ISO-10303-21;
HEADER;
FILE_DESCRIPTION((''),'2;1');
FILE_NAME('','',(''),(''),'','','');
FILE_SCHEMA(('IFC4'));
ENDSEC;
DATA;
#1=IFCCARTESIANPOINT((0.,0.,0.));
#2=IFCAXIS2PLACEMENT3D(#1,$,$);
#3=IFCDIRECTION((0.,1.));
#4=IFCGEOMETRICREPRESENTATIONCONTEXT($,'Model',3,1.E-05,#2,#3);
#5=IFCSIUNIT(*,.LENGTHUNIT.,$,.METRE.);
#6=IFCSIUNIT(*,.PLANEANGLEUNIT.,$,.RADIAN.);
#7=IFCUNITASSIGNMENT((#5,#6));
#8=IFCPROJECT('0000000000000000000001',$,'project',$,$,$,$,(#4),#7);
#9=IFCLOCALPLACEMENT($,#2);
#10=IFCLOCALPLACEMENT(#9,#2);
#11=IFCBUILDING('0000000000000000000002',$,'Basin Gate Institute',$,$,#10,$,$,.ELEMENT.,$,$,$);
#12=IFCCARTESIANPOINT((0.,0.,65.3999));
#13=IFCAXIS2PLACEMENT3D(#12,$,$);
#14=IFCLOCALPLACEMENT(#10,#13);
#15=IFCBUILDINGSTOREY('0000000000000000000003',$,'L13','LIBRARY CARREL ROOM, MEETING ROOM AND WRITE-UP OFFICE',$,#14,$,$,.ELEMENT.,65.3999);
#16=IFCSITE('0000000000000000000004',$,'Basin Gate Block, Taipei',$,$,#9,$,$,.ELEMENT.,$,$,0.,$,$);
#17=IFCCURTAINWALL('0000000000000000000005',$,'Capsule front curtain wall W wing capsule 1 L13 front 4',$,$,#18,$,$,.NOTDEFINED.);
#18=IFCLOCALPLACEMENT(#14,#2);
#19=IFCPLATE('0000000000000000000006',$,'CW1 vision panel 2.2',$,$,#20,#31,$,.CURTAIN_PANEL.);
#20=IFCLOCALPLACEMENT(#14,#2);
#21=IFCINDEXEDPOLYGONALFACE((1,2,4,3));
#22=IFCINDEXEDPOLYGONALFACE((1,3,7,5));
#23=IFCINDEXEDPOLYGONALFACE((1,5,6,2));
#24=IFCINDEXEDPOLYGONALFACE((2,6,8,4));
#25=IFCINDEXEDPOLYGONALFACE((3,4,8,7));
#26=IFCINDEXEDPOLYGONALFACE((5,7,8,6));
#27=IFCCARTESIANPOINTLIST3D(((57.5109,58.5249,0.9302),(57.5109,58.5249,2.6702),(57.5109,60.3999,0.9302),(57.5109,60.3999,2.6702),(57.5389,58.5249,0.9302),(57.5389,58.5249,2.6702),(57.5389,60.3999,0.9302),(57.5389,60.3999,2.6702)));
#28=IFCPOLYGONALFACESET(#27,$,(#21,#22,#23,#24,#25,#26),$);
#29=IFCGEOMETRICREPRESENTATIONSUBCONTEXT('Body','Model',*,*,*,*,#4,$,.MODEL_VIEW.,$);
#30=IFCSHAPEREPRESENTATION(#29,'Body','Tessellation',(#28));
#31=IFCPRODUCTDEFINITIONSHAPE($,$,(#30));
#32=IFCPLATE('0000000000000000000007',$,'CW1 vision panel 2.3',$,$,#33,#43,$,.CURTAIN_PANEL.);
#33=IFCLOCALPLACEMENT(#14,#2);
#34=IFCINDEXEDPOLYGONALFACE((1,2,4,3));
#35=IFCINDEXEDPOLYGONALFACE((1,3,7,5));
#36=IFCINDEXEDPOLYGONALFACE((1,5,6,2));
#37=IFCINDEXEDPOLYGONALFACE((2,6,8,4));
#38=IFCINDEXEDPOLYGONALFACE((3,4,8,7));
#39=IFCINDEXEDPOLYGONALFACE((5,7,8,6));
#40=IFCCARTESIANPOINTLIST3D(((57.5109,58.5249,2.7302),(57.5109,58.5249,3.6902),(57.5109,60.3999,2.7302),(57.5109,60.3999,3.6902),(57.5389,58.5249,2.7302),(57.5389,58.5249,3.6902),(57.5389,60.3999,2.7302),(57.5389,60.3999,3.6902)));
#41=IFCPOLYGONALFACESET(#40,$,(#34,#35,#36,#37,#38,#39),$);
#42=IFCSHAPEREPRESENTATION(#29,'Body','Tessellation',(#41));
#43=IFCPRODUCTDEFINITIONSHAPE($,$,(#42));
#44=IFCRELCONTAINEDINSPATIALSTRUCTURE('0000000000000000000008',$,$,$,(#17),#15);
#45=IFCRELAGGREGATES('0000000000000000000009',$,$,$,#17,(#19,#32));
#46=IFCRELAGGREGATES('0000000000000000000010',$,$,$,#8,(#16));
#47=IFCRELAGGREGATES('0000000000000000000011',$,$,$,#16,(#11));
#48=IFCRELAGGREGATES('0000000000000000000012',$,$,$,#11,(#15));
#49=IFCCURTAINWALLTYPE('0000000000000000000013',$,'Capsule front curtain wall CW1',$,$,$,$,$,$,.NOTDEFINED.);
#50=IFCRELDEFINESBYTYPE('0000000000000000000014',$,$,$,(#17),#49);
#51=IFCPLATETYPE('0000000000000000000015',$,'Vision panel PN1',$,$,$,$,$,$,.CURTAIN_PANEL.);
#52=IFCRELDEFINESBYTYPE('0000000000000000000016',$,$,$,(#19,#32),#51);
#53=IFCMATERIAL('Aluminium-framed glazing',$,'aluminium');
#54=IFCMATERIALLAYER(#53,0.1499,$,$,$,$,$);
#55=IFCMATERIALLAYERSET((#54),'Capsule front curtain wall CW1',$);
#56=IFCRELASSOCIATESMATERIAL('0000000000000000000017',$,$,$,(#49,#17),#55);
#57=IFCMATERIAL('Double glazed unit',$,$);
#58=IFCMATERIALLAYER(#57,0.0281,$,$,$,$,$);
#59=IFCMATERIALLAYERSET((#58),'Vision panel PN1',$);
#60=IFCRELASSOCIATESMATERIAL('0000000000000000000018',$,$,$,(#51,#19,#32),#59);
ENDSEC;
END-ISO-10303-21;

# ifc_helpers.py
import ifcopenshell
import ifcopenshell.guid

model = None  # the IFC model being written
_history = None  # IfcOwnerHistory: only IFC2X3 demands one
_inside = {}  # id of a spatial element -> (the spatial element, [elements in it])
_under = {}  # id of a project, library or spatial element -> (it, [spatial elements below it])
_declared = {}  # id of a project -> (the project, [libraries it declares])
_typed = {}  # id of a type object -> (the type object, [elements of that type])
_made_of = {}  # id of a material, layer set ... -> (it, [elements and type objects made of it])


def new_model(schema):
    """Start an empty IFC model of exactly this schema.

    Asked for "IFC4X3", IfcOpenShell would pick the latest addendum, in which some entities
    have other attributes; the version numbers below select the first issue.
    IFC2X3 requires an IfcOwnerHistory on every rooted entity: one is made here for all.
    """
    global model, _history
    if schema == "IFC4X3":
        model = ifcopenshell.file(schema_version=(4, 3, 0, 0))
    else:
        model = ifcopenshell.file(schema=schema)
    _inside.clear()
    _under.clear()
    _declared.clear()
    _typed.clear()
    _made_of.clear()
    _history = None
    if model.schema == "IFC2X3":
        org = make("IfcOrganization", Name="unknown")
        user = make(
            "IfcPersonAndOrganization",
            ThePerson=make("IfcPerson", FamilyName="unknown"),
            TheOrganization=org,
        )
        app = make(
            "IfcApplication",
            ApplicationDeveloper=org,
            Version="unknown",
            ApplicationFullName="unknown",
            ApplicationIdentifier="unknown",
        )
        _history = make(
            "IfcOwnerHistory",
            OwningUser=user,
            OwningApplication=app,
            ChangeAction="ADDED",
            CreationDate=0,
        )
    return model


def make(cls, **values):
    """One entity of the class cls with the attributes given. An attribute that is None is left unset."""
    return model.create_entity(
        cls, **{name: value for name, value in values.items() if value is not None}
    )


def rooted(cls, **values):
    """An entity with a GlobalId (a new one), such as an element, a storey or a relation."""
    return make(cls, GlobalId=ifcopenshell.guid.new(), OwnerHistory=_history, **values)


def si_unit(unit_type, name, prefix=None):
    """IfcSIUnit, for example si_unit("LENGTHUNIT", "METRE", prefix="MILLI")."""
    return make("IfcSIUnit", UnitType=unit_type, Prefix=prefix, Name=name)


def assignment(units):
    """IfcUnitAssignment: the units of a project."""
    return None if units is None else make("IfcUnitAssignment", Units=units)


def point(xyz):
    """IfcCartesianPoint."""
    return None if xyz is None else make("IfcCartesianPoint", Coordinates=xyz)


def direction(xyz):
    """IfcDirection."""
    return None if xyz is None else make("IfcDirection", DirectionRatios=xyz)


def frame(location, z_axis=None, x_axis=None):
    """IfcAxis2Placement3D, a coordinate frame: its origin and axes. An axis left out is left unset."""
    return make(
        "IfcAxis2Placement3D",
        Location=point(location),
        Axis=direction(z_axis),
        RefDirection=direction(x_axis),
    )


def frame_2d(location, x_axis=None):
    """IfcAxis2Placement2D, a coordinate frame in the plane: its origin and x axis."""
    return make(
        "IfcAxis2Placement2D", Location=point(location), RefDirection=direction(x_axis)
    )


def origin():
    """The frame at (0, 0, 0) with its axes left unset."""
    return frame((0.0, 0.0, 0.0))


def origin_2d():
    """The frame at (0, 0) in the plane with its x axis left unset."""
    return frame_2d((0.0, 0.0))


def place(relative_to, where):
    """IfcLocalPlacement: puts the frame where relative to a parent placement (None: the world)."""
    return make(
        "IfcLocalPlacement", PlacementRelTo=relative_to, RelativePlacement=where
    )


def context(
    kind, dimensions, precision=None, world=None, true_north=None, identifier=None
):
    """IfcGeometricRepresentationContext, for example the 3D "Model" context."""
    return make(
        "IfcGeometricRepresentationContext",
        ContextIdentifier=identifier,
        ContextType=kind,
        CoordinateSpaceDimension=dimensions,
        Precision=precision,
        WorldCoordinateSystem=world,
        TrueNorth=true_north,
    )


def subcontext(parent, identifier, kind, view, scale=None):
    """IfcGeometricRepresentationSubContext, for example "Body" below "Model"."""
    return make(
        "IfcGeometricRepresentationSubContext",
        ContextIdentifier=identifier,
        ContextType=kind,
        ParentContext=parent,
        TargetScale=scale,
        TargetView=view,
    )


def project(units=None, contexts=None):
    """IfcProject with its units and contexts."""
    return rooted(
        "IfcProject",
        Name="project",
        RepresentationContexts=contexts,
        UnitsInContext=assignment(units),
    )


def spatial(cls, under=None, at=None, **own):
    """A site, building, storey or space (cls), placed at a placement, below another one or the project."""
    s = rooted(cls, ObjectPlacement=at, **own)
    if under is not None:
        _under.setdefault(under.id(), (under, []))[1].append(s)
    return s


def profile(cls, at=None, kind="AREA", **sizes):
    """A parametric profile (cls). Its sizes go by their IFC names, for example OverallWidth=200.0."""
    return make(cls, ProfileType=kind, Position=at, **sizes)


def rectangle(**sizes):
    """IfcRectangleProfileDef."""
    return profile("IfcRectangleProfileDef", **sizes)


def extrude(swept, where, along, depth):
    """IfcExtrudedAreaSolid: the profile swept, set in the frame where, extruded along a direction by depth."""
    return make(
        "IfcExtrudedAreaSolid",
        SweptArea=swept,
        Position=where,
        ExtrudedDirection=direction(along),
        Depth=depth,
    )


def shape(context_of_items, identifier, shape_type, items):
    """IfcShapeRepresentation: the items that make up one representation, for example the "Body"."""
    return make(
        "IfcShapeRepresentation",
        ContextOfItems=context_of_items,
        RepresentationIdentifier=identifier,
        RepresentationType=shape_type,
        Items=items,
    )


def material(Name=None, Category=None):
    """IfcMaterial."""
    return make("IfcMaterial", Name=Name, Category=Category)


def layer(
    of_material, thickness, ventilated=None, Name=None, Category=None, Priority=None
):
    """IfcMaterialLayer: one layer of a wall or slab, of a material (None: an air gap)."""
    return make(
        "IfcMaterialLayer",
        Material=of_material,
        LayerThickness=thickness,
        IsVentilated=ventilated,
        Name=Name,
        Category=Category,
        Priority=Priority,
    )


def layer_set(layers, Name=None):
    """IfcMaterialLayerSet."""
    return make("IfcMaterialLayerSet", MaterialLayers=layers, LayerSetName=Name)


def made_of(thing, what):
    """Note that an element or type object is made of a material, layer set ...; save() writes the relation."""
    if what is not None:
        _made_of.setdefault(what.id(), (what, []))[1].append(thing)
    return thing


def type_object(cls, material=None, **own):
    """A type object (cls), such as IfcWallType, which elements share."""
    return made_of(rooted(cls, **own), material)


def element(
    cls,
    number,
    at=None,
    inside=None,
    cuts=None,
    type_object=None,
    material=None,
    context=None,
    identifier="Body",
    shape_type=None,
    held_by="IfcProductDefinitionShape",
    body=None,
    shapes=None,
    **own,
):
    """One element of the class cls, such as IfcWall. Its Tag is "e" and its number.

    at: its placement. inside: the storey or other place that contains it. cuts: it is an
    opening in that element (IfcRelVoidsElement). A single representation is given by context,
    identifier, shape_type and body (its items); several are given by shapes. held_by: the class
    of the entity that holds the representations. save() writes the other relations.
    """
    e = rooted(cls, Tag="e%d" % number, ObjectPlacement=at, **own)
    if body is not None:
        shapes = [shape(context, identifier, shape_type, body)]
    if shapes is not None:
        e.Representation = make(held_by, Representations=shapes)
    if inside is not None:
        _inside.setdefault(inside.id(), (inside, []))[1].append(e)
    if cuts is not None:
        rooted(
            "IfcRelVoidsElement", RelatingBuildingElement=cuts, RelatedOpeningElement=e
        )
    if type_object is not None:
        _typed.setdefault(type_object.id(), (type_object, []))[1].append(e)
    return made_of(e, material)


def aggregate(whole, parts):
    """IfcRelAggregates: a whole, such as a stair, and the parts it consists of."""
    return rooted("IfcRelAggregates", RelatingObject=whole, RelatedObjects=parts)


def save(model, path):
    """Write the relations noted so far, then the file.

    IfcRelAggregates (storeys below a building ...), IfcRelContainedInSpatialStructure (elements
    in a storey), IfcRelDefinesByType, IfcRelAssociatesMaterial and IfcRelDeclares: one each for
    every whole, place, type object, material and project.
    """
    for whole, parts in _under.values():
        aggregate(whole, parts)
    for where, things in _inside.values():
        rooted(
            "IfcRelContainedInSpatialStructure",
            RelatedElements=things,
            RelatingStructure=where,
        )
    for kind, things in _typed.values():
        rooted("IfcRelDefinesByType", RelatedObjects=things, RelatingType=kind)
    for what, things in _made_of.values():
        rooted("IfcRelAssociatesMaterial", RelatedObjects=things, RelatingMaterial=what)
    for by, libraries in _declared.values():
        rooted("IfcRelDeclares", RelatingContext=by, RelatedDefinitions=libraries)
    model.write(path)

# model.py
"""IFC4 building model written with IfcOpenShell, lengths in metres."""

from ifc_helpers import new_model, si_unit, direction, frame, origin, origin_2d, place, context, subcontext, project, spatial, rectangle, extrude, material, layer, layer_set, type_object, element, aggregate, save


model = new_model("IFC4")

# Units and contexts
model_context = context("Model", 3, precision=1e-05, world=origin(), true_north=direction((0.0, 1.0)))
body_context = subcontext(model_context, "Body", "Model", "MODEL_VIEW")
ifc_project = project(units=[si_unit("LENGTHUNIT", "METRE"), si_unit("PLANEANGLEUNIT", "RADIAN")], contexts=[model_context])

# Site, building, storey
site_placement = place(None, origin())
site = spatial("IfcSite", under=ifc_project, at=site_placement, Name="Basin Gate Block, Taipei", CompositionType="ELEMENT", RefElevation=0.0)
building_placement = place(site_placement, origin())
building = spatial("IfcBuilding", under=site, at=building_placement, Name="Basin Gate Institute", CompositionType="ELEMENT")
storey_placement = place(building_placement, frame((0.0, 0.0, 65.3999)))
storey = spatial("IfcBuildingStorey", under=building, at=storey_placement, Name="L13", Description="LIBRARY CARREL ROOM, MEETING ROOM AND WRITE-UP OFFICE", CompositionType="ELEMENT", Elevation=65.3999)

# Curtain wall
ifc_material_1 = material(Name="Aluminium-framed glazing", Category="aluminium")
ifc_layer_1 = layer(ifc_material_1, 0.1499)
ifc_layer_set_1 = layer_set([ifc_layer_1], Name="Capsule front curtain wall CW1")
curtain_wall_type = type_object("IfcCurtainWallType", Name="Capsule front curtain wall CW1", PredefinedType="NOTDEFINED", material=ifc_layer_set_1)
curtain_wall_1_placement = place(storey_placement, origin())
curtain_wall_1 = element("IfcCurtainWall", 1, at=curtain_wall_1_placement, inside=storey, type_object=curtain_wall_type, material=ifc_layer_set_1, Name="Capsule front curtain wall W wing capsule 1 L13 front 4", PredefinedType="NOTDEFINED")

# Plates
ifc_material_2 = material(Name="Double glazed unit")
ifc_layer_2 = layer(ifc_material_2, 0.0281)
ifc_layer_set_2 = layer_set([ifc_layer_2], Name="Vision panel PN1")
plate_type_1 = type_object("IfcPlateType", Name="Vision panel PN1", PredefinedType="CURTAIN_PANEL", material=ifc_layer_set_2)
plate_1_placement = place(storey_placement, frame((57.5249, 59.4624, 0.9302), z_axis=(0.0, 0.0, 1.0), x_axis=(0.0, 1.0, 0.0)))
plate_1 = element("IfcPlate", 2, at=plate_1_placement, type_object=plate_type_1, material=ifc_layer_set_2, Name="CW1 vision panel 2.2", PredefinedType="CURTAIN_PANEL", context=body_context, shape_type="SweptSolid", body=[
    extrude(rectangle(XDim=1.875, YDim=0.0281, at=origin_2d()), origin(), (0.0, 0.0, 1.0), 1.74),
])
plate_2_placement = place(storey_placement, frame((57.5249, 59.4624, 2.7302), z_axis=(0.0, 0.0, 1.0), x_axis=(0.0, 1.0, 0.0)))
plate_2 = element("IfcPlate", 3, at=plate_2_placement, type_object=plate_type_1, material=ifc_layer_set_2, Name="CW1 vision panel 2.3", PredefinedType="CURTAIN_PANEL", context=body_context, shape_type="SweptSolid", body=[
    extrude(rectangle(XDim=1.875, YDim=0.0281, at=origin_2d()), origin(), (0.0, 0.0, 1.0), 0.96),
])
aggregate(curtain_wall_1, [plate_1, plate_2])

save(model, "model.ifc")
